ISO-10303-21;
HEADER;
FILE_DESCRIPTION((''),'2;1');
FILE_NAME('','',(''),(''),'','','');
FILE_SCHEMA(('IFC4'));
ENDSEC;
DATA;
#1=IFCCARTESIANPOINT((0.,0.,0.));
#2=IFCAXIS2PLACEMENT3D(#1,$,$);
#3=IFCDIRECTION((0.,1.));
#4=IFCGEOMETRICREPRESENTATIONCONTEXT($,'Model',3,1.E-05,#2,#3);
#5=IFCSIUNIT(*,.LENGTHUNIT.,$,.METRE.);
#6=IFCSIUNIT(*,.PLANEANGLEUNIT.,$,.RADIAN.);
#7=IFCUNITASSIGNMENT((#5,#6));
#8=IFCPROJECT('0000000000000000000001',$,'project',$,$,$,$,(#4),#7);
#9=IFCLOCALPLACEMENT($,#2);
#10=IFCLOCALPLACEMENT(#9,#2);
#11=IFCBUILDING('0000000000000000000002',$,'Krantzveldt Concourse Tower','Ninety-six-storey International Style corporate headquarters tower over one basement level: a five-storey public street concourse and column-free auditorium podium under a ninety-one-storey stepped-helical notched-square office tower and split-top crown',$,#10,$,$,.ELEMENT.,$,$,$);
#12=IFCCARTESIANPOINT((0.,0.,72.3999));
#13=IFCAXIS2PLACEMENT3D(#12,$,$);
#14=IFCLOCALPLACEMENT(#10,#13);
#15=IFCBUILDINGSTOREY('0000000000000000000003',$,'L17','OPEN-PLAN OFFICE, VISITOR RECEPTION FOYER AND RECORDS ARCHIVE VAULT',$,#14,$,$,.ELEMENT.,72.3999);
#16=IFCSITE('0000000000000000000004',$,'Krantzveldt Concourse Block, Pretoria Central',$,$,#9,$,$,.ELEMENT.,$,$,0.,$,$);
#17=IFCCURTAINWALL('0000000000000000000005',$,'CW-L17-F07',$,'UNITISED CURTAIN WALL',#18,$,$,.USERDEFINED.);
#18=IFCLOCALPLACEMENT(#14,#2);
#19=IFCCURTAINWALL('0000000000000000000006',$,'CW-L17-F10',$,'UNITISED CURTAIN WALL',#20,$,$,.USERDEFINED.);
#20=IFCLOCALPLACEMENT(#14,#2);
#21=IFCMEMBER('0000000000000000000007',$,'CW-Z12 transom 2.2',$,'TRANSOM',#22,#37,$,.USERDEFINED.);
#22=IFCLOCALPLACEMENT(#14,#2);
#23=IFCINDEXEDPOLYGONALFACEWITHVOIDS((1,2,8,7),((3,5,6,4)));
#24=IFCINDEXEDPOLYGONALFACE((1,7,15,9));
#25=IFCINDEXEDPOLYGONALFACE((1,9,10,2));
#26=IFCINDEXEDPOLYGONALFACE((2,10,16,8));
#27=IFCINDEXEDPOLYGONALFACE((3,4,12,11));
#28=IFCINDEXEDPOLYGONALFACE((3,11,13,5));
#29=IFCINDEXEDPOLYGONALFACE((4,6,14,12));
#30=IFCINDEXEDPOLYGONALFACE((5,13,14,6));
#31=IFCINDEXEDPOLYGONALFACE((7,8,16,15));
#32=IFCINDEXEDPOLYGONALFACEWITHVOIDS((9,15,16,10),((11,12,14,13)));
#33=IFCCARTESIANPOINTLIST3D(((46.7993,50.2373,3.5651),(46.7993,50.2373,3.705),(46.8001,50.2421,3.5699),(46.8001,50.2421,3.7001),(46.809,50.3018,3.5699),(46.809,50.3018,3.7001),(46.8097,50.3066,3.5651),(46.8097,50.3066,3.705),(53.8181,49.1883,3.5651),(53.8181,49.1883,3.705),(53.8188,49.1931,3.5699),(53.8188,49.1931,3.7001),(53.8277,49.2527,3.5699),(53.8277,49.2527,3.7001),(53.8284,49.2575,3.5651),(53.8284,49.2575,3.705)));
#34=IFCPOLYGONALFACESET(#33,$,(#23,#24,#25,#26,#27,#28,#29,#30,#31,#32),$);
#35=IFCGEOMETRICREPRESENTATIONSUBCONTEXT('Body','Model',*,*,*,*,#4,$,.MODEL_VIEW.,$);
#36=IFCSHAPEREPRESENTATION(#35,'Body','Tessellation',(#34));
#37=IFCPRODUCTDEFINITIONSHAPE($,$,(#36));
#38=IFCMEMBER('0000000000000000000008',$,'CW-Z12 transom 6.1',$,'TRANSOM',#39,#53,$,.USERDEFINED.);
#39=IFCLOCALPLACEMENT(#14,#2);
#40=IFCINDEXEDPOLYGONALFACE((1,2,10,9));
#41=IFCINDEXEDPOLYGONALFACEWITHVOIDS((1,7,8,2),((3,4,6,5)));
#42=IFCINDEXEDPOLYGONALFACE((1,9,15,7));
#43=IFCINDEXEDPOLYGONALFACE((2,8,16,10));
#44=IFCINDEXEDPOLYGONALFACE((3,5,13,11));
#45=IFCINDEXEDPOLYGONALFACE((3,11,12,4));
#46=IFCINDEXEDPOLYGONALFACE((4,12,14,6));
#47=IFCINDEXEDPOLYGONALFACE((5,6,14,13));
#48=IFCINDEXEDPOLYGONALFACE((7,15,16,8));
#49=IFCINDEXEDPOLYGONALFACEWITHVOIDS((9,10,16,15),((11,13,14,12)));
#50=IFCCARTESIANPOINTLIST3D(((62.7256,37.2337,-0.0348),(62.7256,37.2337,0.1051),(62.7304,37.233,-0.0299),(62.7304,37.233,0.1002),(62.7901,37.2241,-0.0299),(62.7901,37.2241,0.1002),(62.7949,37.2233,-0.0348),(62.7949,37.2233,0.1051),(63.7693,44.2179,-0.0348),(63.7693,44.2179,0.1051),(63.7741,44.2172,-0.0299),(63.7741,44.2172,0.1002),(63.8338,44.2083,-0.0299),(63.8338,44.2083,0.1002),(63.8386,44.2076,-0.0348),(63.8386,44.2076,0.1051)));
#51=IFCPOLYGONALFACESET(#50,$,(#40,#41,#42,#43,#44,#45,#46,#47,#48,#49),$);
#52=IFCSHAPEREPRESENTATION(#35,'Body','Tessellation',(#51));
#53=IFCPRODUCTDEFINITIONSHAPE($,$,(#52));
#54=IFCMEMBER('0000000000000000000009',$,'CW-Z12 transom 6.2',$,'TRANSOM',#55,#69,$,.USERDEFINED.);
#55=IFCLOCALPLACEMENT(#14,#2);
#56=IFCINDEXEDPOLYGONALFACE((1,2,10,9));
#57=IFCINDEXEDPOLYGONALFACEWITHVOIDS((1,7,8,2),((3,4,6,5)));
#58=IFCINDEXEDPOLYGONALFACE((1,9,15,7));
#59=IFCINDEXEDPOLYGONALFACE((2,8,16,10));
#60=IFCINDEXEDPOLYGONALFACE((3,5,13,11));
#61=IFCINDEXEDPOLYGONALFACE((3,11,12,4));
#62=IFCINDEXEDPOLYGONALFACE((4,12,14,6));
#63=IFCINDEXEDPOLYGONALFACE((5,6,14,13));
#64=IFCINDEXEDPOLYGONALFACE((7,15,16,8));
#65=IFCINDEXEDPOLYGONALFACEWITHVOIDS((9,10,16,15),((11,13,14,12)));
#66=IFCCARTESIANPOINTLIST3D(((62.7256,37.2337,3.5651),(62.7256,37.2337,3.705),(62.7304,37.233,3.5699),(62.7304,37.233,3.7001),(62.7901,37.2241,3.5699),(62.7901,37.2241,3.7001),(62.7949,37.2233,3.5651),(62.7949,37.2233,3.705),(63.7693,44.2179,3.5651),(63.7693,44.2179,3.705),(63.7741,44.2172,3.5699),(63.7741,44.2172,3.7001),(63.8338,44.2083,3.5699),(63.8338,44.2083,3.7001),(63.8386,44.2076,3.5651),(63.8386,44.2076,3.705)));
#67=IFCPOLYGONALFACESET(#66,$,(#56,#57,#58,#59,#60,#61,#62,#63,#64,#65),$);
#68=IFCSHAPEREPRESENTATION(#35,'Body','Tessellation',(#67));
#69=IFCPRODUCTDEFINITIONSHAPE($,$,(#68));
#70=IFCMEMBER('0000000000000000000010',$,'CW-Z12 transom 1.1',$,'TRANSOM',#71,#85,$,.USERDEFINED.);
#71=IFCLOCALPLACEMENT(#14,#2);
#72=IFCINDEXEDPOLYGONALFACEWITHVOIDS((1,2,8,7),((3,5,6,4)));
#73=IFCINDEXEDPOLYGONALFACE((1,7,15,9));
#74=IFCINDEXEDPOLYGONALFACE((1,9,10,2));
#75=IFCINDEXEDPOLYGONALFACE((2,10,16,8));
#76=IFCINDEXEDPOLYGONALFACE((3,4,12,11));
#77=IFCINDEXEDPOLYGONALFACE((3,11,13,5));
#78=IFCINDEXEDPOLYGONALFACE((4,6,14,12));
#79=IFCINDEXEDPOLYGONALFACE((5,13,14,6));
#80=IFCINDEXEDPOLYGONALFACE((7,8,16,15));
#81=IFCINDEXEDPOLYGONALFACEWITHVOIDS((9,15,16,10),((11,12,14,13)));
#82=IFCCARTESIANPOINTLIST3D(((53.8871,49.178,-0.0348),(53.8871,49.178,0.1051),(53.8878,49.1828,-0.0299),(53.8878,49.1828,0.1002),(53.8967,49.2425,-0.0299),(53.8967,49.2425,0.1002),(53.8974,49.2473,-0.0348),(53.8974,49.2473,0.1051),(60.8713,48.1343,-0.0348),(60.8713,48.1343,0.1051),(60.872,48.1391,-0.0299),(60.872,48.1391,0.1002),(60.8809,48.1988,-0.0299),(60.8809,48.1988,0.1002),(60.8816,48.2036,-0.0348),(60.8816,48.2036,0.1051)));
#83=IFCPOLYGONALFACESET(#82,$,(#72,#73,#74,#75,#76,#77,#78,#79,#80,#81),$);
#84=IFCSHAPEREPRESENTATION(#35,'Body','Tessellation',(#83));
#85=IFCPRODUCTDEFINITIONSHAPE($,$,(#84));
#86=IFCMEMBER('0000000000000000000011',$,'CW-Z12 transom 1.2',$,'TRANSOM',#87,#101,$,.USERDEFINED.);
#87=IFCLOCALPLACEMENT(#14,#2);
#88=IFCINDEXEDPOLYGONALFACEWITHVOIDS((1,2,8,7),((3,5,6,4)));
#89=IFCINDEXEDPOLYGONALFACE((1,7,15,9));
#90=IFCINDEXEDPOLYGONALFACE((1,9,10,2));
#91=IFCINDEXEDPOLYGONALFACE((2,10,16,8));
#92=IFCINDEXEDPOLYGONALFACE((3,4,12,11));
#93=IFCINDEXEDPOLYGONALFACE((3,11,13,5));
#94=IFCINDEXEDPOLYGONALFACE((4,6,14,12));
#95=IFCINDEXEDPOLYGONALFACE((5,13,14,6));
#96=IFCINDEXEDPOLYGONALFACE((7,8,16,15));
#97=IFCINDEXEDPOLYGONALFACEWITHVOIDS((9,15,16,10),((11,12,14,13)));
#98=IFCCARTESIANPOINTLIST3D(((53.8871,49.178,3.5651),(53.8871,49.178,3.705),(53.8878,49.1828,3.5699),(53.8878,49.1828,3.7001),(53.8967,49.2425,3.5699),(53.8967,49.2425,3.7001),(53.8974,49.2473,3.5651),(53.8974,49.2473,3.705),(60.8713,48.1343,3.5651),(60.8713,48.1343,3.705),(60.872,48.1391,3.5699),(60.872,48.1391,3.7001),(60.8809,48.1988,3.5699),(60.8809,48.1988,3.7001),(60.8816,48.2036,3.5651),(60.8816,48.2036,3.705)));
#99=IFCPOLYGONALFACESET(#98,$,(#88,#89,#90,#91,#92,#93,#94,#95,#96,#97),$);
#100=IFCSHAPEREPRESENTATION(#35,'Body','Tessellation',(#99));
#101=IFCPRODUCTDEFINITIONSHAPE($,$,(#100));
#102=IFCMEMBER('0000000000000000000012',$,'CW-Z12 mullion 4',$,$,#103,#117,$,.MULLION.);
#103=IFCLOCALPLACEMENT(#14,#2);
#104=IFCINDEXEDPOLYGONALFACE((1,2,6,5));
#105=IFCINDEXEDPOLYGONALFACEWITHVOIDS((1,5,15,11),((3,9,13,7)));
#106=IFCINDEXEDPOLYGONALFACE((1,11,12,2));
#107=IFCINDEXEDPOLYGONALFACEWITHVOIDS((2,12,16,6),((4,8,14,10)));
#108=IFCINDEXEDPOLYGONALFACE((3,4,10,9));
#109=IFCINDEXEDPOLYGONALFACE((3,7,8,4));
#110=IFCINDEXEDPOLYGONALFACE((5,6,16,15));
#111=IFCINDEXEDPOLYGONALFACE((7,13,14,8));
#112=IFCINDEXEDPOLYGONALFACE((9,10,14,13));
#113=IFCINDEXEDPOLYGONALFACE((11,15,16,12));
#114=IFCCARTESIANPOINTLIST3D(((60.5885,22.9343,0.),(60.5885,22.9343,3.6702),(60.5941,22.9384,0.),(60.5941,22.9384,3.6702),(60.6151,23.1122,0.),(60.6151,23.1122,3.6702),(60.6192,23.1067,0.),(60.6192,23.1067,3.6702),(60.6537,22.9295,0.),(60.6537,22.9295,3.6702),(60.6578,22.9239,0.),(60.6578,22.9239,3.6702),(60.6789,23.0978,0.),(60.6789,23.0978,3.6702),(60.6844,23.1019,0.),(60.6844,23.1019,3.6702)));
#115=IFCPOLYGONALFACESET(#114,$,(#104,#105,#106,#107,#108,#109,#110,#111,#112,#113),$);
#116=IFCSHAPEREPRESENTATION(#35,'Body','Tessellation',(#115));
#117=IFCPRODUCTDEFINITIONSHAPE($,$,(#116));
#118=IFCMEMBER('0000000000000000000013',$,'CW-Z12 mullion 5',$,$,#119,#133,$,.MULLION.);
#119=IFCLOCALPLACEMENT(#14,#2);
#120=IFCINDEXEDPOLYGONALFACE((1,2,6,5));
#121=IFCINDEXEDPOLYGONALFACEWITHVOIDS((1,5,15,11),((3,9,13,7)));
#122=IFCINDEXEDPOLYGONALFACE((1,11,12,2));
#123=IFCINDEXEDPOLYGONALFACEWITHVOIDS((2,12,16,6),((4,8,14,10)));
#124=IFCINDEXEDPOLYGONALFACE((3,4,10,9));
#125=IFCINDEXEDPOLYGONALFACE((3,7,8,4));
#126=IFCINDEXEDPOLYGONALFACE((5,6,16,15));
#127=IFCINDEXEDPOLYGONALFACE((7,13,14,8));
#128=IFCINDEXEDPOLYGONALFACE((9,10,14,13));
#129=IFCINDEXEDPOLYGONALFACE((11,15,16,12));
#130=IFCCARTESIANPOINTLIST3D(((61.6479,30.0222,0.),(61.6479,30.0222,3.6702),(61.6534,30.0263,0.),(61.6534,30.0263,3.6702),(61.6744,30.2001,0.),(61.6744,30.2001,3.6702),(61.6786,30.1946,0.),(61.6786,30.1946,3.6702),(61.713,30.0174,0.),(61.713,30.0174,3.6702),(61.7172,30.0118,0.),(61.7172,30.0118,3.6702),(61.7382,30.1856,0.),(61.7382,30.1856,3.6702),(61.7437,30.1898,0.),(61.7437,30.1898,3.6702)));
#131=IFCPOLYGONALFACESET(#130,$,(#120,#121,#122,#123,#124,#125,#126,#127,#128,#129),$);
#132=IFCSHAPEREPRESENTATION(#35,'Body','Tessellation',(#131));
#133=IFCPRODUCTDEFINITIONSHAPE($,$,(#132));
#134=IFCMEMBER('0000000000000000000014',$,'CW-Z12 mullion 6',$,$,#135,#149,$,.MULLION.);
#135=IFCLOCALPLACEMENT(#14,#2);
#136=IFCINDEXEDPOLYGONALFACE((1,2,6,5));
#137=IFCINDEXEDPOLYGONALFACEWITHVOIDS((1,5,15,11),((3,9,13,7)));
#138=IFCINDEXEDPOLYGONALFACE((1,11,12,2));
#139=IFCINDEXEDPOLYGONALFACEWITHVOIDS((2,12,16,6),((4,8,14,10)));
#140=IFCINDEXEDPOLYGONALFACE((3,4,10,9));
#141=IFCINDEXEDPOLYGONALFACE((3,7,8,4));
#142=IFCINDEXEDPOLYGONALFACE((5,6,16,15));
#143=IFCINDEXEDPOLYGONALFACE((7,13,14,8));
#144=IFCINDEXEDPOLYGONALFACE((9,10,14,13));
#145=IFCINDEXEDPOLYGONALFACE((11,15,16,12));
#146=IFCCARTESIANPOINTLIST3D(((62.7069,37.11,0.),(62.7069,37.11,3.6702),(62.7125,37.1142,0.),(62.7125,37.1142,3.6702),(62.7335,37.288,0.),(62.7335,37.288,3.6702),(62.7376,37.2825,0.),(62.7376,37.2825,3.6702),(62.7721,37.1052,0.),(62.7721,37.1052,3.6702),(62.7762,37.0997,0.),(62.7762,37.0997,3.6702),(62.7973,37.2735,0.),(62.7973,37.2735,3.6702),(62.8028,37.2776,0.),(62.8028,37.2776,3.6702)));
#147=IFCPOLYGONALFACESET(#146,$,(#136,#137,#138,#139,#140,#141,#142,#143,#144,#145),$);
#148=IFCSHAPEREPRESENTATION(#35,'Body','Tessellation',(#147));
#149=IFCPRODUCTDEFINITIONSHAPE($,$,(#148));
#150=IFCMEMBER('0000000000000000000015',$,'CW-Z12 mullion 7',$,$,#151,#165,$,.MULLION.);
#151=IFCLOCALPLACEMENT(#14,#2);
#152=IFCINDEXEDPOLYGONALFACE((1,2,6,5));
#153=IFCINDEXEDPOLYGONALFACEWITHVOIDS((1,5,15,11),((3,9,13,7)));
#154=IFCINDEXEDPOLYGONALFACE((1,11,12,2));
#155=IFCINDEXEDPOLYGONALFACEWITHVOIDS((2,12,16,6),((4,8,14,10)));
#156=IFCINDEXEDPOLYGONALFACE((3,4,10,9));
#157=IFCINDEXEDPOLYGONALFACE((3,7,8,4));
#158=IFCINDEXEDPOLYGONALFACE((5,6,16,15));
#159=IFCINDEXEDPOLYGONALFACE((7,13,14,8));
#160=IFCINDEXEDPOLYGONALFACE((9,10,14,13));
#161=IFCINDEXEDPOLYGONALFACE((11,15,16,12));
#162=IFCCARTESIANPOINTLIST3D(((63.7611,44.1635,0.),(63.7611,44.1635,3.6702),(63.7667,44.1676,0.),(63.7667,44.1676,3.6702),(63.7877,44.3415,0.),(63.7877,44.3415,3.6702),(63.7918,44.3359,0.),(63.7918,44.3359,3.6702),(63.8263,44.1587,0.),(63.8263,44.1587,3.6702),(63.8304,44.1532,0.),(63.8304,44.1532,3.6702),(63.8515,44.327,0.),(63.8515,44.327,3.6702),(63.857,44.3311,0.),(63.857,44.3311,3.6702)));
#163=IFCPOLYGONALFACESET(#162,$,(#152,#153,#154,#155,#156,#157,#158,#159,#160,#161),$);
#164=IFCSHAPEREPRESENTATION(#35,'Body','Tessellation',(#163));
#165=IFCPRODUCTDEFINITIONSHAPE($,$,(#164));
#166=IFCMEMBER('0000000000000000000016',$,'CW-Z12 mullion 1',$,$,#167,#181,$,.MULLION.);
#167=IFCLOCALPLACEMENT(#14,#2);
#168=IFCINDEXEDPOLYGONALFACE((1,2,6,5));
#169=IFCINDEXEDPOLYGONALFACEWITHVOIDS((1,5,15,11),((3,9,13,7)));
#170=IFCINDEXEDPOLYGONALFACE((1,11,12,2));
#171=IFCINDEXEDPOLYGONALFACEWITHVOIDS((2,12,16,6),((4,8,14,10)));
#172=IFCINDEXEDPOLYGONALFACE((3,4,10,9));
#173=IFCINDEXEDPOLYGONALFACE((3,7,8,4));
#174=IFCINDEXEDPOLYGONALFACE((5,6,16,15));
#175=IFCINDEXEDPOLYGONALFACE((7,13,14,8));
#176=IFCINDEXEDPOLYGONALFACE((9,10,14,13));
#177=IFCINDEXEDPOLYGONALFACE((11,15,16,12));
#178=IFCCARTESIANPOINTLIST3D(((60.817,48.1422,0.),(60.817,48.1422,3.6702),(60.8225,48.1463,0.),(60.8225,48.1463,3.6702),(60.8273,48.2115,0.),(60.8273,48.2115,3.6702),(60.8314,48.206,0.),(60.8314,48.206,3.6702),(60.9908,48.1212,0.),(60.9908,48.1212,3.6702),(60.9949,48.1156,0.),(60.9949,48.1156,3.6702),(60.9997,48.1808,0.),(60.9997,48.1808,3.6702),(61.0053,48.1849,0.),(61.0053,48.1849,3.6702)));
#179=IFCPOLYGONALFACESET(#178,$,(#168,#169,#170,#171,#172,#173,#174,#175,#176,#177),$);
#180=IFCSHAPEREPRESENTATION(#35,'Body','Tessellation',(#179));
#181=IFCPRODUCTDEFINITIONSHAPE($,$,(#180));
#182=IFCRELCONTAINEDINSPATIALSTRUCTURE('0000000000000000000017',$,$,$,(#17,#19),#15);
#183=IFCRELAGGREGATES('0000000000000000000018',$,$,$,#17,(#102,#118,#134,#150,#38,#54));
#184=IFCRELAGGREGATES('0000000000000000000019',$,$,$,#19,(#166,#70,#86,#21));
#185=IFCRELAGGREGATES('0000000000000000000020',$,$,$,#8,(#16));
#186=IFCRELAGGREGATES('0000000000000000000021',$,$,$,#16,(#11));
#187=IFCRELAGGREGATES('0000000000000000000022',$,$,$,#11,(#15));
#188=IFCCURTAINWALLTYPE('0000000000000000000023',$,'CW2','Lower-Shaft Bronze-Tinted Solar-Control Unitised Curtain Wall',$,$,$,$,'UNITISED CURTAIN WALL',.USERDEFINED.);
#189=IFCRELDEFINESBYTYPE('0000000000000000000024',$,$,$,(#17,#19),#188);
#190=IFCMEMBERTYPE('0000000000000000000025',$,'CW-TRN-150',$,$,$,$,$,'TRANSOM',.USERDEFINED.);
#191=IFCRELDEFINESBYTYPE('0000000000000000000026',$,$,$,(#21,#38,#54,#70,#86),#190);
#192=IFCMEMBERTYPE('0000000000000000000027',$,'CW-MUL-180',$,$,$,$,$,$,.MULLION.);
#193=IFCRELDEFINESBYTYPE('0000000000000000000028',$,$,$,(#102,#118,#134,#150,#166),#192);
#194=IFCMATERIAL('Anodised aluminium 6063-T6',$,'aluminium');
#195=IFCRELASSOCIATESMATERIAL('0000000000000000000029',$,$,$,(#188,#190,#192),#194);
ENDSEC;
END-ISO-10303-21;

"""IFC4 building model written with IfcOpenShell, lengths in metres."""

from ifc_helpers import new_model, si_unit, direction, frame, origin, origin_2d, place, context, subcontext, project, spatial, hollow_rectangle, extrude, source, transform, mapped, material, material_profile, profile_set, type_object, type_shapes, element, aggregate, save


model = new_model("IFC4")

# Units and contexts
model_context = context("Model", 3, precision=1e-05, world=origin(), true_north=direction((0.0, 1.0)))
body_context = subcontext(model_context, "Body", "Model", "MODEL_VIEW")
ifc_project = project(units=[si_unit("LENGTHUNIT", "METRE"), si_unit("PLANEANGLEUNIT", "RADIAN")], contexts=[model_context])

# Site, building, storey
site_placement = place(None, origin())
site = spatial("IfcSite", under=ifc_project, at=site_placement, Name="Krantzveldt Concourse Block, Pretoria Central", CompositionType="ELEMENT", RefElevation=0.0)
building_placement = place(site_placement, origin())
building = spatial("IfcBuilding", under=site, at=building_placement, Name="Krantzveldt Concourse Tower", Description="Ninety-six-storey International Style corporate headquarters tower over one basement level: a five-storey public street concourse and column-free auditorium podium under a ninety-one-storey stepped-helical notched-square office tower and split-top crown", CompositionType="ELEMENT")
storey_placement = place(building_placement, frame((0.0, 0.0, 72.3999)))
storey = spatial("IfcBuildingStorey", under=building, at=storey_placement, Name="L17", Description="OPEN-PLAN OFFICE, VISITOR RECEPTION FOYER AND RECORDS ARCHIVE VAULT", CompositionType="ELEMENT", Elevation=72.3999)

# Curtain walls, member
ifc_material_1 = material(Name="Anodised aluminium 6063-T6", Category="aluminium")
curtain_wall_type = type_object("IfcCurtainWallType", Name="CW2", Description="Lower-Shaft Bronze-Tinted Solar-Control Unitised Curtain Wall", ElementType="UNITISED CURTAIN WALL", PredefinedType="USERDEFINED", material=ifc_material_1)
curtain_wall_1_placement = place(storey_placement, origin())
curtain_wall_1 = element("IfcCurtainWall", 1, at=curtain_wall_1_placement, inside=storey, type_object=curtain_wall_type, Name="CW-L17-F07", ObjectType="UNITISED CURTAIN WALL", PredefinedType="USERDEFINED")
ifc_material_profile_1 = material_profile(ifc_material_1, hollow_rectangle(XDim=0.0701, YDim=0.1399, WallThickness=0.0049, at=origin_2d()), Name="Anodised aluminium 6063-T6", Category="aluminium")
ifc_profile_set_1 = profile_set([ifc_material_profile_1], Name="Anodised aluminium 6063-T6 - ALU-TRAN 140x70x5")
member_type_1 = type_object("IfcMemberType", Name="CW-TRN-150", ElementType="TRANSOM", PredefinedType="USERDEFINED", material=ifc_profile_set_1)
shared_shape_1 = source(origin(), body_context, "Body", "SweptSolid", [
    extrude(hollow_rectangle(XDim=0.0701, YDim=0.1399, WallThickness=0.0049, at=origin_2d()), origin(), (0.0, 0.0, 1.0), 7.0967),
])
curtain_wall_2_placement = place(storey_placement, origin())
curtain_wall_2 = element("IfcCurtainWall", 2, at=curtain_wall_2_placement, inside=storey, type_object=curtain_wall_type, Name="CW-L17-F10", ObjectType="UNITISED CURTAIN WALL", PredefinedType="USERDEFINED")
member_1_placement = place(storey_placement, frame((53.8232, 49.2229, 3.635), z_axis=(-0.989014, 0.147824, 0.0), x_axis=(-0.147824, -0.989014, 0.0)))
member_1 = element("IfcMember", 3, at=member_1_placement, type_object=member_type_1, Name="CW-Z12 transom 2.2", ObjectType="TRANSOM", PredefinedType="USERDEFINED", context=body_context, shape_type="MappedRepresentation", body=[
    mapped(shared_shape_1, transform((0.0, 0.0, 0.0), x_axis=(1.0, 0.0, 0.0), y_axis=(0.0, 1.0, 0.0), z_axis=(0.0, 0.0, 1.0), scale=1.0)),
])

# Members
shared_shape_2 = source(origin(), body_context, "Body", "SweptSolid", [
    extrude(hollow_rectangle(XDim=0.0701, YDim=0.1399, WallThickness=0.0049, at=origin_2d()), origin(), (0.0, 0.0, 1.0), 7.0618),
])
member_2_placement = place(storey_placement, frame((62.7603, 37.2285, 0.0352), z_axis=(0.147798, 0.989018, 0.0), x_axis=(-0.989018, 0.147798, 0.0)))
member_2 = element("IfcMember", 4, at=member_2_placement, type_object=member_type_1, Name="CW-Z12 transom 6.1", ObjectType="TRANSOM", PredefinedType="USERDEFINED", context=body_context, shape_type="MappedRepresentation", body=[
    mapped(shared_shape_2, transform((0.0, 0.0, 0.0), x_axis=(1.0, 0.0, 0.0), y_axis=(0.0, 1.0, 0.0), z_axis=(0.0, 0.0, 1.0), scale=1.0)),
])
member_3_placement = place(storey_placement, frame((62.7603, 37.2285, 3.635), z_axis=(0.147798, 0.989018, 0.0), x_axis=(-0.989018, 0.147798, 0.0)))
member_3 = element("IfcMember", 5, at=member_3_placement, type_object=member_type_1, Name="CW-Z12 transom 6.2", ObjectType="TRANSOM", PredefinedType="USERDEFINED", context=body_context, shape_type="MappedRepresentation", body=[
    mapped(shared_shape_2, transform((0.0, 0.0, 0.0), x_axis=(1.0, 0.0, 0.0), y_axis=(0.0, 1.0, 0.0), z_axis=(0.0, 0.0, 1.0), scale=1.0)),
])
member_4_placement = place(storey_placement, frame((60.8765, 48.1689, 0.0352), z_axis=(-0.989018, 0.147798, 0.0), x_axis=(-0.147798, -0.989018, 0.0)))
member_4 = element("IfcMember", 6, at=member_4_placement, type_object=member_type_1, Name="CW-Z12 transom 1.1", ObjectType="TRANSOM", PredefinedType="USERDEFINED", context=body_context, shape_type="MappedRepresentation", body=[
    mapped(shared_shape_2, transform((0.0, 0.0, 0.0), x_axis=(1.0, 0.0, 0.0), y_axis=(0.0, 1.0, 0.0), z_axis=(0.0, 0.0, 1.0), scale=1.0)),
])
member_5_placement = place(storey_placement, frame((60.8765, 48.1689, 3.635), z_axis=(-0.989018, 0.147798, 0.0), x_axis=(-0.147798, -0.989018, 0.0)))
member_5 = element("IfcMember", 7, at=member_5_placement, type_object=member_type_1, Name="CW-Z12 transom 1.2", ObjectType="TRANSOM", PredefinedType="USERDEFINED", context=body_context, shape_type="MappedRepresentation", body=[
    mapped(shared_shape_2, transform((0.0, 0.0, 0.0), x_axis=(1.0, 0.0, 0.0), y_axis=(0.0, 1.0, 0.0), z_axis=(0.0, 0.0, 1.0), scale=1.0)),
])
ifc_material_profile_2 = material_profile(ifc_material_1, hollow_rectangle(XDim=0.0701, YDim=0.1799, WallThickness=0.0049, at=origin_2d()), Name="Anodised aluminium 6063-T6", Category="aluminium")
ifc_profile_set_2 = profile_set([ifc_material_profile_2], Name="Anodised aluminium 6063-T6 - ALU-MULL 180x70x5")
member_type_2 = type_object("IfcMemberType", Name="CW-MUL-180", PredefinedType="MULLION", material=ifc_profile_set_2)
shared_shape_3 = source(origin(), body_context, "Body", "SweptSolid", [
    extrude(hollow_rectangle(XDim=0.0701, YDim=0.1799, WallThickness=0.0049, at=origin_2d()), origin(), (0.0, 0.0, 1.0), 3.6702),
])
type_shapes(member_type_2, [shared_shape_3])
member_6_placement = place(storey_placement, frame((60.6365, 23.0181, 0.0), z_axis=(0.0, 0.0, 1.0), x_axis=(-0.989016, 0.14781, 0.0)))
member_6 = element("IfcMember", 8, at=member_6_placement, type_object=member_type_2, Name="CW-Z12 mullion 4", PredefinedType="MULLION", context=body_context, shape_type="MappedRepresentation", body=[
    mapped(shared_shape_3, transform((0.0, 0.0, 0.0), x_axis=(1.0, 0.0, 0.0), y_axis=(0.0, 1.0, 0.0), z_axis=(0.0, 0.0, 1.0), scale=1.0)),
])
member_7_placement = place(storey_placement, frame((61.6958, 30.106, 0.0), z_axis=(0.0, 0.0, 1.0), x_axis=(-0.989016, 0.14781, 0.0)))
member_7 = element("IfcMember", 9, at=member_7_placement, type_object=member_type_2, Name="CW-Z12 mullion 5", PredefinedType="MULLION", context=body_context, shape_type="MappedRepresentation", body=[
    mapped(shared_shape_3, transform((0.0, 0.0, 0.0), x_axis=(1.0, 0.0, 0.0), y_axis=(0.0, 1.0, 0.0), z_axis=(0.0, 0.0, 1.0), scale=1.0)),
])
member_8_placement = place(storey_placement, frame((62.7549, 37.1938, 0.0), z_axis=(0.0, 0.0, 1.0), x_axis=(-0.989016, 0.14781, 0.0)))
member_8 = element("IfcMember", 10, at=member_8_placement, type_object=member_type_2, Name="CW-Z12 mullion 6", PredefinedType="MULLION", context=body_context, shape_type="MappedRepresentation", body=[
    mapped(shared_shape_3, transform((0.0, 0.0, 0.0), x_axis=(1.0, 0.0, 0.0), y_axis=(0.0, 1.0, 0.0), z_axis=(0.0, 0.0, 1.0), scale=1.0)),
])
member_9_placement = place(storey_placement, frame((63.8091, 44.2473, 0.0), z_axis=(0.0, 0.0, 1.0), x_axis=(-0.989016, 0.14781, 0.0)))
member_9 = element("IfcMember", 11, at=member_9_placement, type_object=member_type_2, Name="CW-Z12 mullion 7", PredefinedType="MULLION", context=body_context, shape_type="MappedRepresentation", body=[
    mapped(shared_shape_3, transform((0.0, 0.0, 0.0), x_axis=(1.0, 0.0, 0.0), y_axis=(0.0, 1.0, 0.0), z_axis=(0.0, 0.0, 1.0), scale=1.0)),
])
member_10_placement = place(storey_placement, frame((60.9111, 48.1636, 0.0), z_axis=(0.0, 0.0, 1.0), x_axis=(-0.14781, -0.989016, 0.0)))
member_10 = element("IfcMember", 12, at=member_10_placement, type_object=member_type_2, Name="CW-Z12 mullion 1", PredefinedType="MULLION", context=body_context, shape_type="MappedRepresentation", body=[
    mapped(shared_shape_3, transform((0.0, 0.0, 0.0), x_axis=(1.0, 0.0, 0.0), y_axis=(0.0, 1.0, 0.0), z_axis=(0.0, 0.0, 1.0), scale=1.0)),
])

aggregate(curtain_wall_1, [member_6, member_7, member_8, member_9, member_2, member_3])
aggregate(curtain_wall_2, [member_10, member_4, member_5, member_1])

save(model, "model.ifc")
